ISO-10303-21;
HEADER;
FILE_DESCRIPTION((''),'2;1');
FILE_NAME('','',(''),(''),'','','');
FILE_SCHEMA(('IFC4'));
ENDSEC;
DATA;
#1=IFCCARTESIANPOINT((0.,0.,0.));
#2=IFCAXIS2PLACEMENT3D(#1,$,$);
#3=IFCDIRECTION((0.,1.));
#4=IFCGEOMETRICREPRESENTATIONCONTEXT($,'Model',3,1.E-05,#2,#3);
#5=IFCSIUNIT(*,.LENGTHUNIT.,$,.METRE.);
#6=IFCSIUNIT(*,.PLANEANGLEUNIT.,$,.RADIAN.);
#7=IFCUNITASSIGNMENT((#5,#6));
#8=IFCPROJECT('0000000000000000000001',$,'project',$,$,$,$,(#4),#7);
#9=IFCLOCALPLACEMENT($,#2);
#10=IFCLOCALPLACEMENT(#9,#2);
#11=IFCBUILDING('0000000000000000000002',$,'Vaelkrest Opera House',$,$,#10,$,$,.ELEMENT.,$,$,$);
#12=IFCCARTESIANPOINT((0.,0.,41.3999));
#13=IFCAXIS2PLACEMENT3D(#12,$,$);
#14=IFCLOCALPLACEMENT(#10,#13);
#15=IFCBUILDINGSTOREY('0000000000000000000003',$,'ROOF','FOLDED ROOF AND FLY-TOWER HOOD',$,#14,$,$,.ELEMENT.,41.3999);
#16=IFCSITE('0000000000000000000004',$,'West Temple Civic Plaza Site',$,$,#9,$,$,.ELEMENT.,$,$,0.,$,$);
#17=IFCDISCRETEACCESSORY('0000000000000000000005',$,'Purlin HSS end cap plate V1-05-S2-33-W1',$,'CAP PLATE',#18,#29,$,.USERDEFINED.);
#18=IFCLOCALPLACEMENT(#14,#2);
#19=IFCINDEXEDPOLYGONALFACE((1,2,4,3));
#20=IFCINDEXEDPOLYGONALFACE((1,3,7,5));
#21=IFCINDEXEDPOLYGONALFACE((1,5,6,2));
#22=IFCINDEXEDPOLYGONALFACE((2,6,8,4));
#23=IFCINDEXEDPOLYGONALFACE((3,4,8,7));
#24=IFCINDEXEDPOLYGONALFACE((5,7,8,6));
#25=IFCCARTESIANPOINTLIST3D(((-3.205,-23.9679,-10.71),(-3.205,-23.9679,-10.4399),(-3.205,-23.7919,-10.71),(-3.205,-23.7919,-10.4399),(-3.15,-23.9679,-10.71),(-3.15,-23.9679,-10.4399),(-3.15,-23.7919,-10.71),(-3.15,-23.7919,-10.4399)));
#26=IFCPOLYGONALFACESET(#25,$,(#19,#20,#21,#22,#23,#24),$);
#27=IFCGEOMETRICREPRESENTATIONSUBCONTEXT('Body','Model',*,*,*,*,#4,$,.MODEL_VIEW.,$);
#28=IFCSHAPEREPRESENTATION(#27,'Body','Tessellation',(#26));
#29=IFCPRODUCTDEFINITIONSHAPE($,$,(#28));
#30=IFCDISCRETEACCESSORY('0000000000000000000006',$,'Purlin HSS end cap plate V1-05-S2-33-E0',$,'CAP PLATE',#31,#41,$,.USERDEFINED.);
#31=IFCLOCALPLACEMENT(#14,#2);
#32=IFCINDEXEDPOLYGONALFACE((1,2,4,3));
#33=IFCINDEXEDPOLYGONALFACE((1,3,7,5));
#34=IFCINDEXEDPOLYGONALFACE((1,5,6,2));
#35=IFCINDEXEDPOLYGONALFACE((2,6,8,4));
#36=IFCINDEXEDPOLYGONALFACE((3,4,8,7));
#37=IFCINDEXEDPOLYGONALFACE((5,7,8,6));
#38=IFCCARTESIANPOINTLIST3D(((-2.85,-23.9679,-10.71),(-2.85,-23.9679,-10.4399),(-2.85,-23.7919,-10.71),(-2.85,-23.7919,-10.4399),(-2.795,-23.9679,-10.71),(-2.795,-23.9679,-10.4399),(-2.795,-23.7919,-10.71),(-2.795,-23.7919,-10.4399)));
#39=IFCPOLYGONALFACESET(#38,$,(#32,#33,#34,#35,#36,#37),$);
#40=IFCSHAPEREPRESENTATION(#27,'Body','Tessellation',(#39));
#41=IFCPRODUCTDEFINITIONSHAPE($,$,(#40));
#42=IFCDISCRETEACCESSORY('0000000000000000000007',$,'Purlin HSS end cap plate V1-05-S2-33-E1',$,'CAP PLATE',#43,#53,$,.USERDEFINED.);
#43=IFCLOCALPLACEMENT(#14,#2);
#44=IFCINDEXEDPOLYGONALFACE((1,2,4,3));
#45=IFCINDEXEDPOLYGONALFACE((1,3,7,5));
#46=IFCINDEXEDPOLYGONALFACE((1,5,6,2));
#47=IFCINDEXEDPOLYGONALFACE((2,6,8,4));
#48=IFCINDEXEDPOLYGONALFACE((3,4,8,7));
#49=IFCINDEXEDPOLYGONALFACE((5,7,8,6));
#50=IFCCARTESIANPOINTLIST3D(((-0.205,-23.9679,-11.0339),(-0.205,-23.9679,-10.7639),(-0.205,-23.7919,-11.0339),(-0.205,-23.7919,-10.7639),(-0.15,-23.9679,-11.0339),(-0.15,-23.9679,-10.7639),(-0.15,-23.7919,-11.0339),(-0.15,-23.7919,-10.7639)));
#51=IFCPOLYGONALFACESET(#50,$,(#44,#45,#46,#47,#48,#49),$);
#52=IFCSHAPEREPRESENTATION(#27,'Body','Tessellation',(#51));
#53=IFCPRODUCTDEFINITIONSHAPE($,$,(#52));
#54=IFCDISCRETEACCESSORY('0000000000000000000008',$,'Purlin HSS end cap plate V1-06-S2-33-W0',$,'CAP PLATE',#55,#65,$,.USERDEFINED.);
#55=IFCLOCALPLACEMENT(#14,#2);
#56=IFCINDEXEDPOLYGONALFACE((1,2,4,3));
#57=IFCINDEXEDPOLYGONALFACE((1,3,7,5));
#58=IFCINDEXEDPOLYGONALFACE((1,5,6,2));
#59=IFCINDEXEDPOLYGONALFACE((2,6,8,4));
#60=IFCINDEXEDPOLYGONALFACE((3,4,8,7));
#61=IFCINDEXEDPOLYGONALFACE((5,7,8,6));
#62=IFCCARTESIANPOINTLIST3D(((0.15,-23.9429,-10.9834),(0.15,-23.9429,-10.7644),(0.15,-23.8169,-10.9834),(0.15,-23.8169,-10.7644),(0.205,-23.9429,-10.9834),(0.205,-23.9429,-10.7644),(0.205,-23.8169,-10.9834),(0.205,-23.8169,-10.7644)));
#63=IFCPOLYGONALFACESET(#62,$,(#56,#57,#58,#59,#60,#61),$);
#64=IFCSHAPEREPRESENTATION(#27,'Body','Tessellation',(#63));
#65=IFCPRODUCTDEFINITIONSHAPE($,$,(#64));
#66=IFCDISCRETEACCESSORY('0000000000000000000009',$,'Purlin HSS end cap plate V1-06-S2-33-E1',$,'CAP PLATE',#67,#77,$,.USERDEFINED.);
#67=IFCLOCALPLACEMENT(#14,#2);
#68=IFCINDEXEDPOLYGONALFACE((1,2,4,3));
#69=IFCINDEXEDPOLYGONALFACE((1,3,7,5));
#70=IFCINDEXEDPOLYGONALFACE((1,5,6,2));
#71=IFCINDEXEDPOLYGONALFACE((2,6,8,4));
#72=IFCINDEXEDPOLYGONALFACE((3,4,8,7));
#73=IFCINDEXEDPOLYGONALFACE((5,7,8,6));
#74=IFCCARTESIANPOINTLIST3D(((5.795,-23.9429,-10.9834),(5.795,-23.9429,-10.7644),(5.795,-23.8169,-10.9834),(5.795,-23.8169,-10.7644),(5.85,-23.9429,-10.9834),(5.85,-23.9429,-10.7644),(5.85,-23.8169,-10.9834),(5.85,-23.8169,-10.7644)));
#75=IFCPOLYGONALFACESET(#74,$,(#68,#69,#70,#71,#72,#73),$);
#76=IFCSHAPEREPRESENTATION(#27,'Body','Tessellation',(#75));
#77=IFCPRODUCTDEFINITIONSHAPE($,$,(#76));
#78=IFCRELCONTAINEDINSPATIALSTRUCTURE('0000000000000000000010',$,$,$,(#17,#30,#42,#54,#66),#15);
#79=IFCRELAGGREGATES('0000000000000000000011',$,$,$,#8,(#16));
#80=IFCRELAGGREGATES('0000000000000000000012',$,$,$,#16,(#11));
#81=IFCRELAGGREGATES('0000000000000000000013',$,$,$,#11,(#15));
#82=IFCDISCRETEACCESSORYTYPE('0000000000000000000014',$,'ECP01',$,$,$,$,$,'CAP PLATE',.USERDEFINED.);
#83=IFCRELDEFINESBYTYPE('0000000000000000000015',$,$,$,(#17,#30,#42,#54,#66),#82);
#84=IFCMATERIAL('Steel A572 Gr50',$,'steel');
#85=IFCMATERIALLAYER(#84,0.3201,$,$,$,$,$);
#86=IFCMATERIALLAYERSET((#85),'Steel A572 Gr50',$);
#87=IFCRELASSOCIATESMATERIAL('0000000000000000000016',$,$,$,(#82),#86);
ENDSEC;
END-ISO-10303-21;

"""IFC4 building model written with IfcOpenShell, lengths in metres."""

from ifc_helpers import new_model, si_unit, direction, frame, origin, origin_2d, place, context, subcontext, project, spatial, rectangle, extrude, material, layer, layer_set, type_object, element, save


model = new_model("IFC4")

# Units and contexts
model_context = context("Model", 3, precision=1e-05, world=origin(), true_north=direction((0.0, 1.0)))
body_context = subcontext(model_context, "Body", "Model", "MODEL_VIEW")
ifc_project = project(units=[si_unit("LENGTHUNIT", "METRE"), si_unit("PLANEANGLEUNIT", "RADIAN")], contexts=[model_context])

# Site, building, storey
site_placement = place(None, origin())
site = spatial("IfcSite", under=ifc_project, at=site_placement, Name="West Temple Civic Plaza Site", CompositionType="ELEMENT", RefElevation=0.0)
building_placement = place(site_placement, origin())
building = spatial("IfcBuilding", under=site, at=building_placement, Name="Vaelkrest Opera House", CompositionType="ELEMENT")
storey_placement = place(building_placement, frame((0.0, 0.0, 41.3999)))
storey = spatial("IfcBuildingStorey", under=building, at=storey_placement, Name="ROOF", Description="FOLDED ROOF AND FLY-TOWER HOOD", CompositionType="ELEMENT", Elevation=41.3999)

# Shared definitions
ifc_material_1 = material(Name="Steel A572 Gr50", Category="steel")

# Discrete accessories
ifc_layer_1 = layer(ifc_material_1, 0.3201)
ifc_layer_set_1 = layer_set([ifc_layer_1], Name="Steel A572 Gr50")
discrete_accessory_type = type_object("IfcDiscreteAccessoryType", Name="ECP01", ElementType="CAP PLATE", PredefinedType="USERDEFINED", material=ifc_layer_set_1)
for number, where, z_axis, x_axis, name in (
    (1, (-3.1775, -23.8799, -10.71), (0.0, 0.0, 1.0), (1.0, 0.0, 0.0), "Purlin HSS end cap plate V1-05-S2-33-W1"),
    (2, (-2.8225, -23.8799, -10.71), (0.0, 0.0, 1.0), (1.0, 0.0, 0.0), "Purlin HSS end cap plate V1-05-S2-33-E0"),
    (3, (-0.1775, -23.8799, -11.0339), (0.0, 0.0, 1.0), (1.0, 0.0, 0.0), "Purlin HSS end cap plate V1-05-S2-33-E1"),
):
    element("IfcDiscreteAccessory", number, at=place(storey_placement, frame(where, z_axis=z_axis, x_axis=x_axis)), inside=storey, type_object=discrete_accessory_type, Name=name, ObjectType="CAP PLATE", PredefinedType="USERDEFINED", context=body_context, shape_type="SweptSolid", body=[
        extrude(rectangle(XDim=0.0549, YDim=0.176, at=origin_2d()), origin(), (0.0, 0.0, 1.0), 0.27),
    ])
for number, where, z_axis, x_axis, name in (
    (4, (0.1775, -23.8799, -10.9834), (0.0, 0.0, 1.0), (1.0, 0.0, 0.0), "Purlin HSS end cap plate V1-06-S2-33-W0"),
    (5, (5.8225, -23.8799, -10.9834), (0.0, 0.0, 1.0), (1.0, 0.0, 0.0), "Purlin HSS end cap plate V1-06-S2-33-E1"),
):
    element("IfcDiscreteAccessory", number, at=place(storey_placement, frame(where, z_axis=z_axis, x_axis=x_axis)), inside=storey, type_object=discrete_accessory_type, Name=name, ObjectType="CAP PLATE", PredefinedType="USERDEFINED", context=body_context, shape_type="SweptSolid", body=[
        extrude(rectangle(XDim=0.0549, YDim=0.126, at=origin_2d()), origin(), (0.0, 0.0, 1.0), 0.219),
    ])

save(model, "model.ifc")
